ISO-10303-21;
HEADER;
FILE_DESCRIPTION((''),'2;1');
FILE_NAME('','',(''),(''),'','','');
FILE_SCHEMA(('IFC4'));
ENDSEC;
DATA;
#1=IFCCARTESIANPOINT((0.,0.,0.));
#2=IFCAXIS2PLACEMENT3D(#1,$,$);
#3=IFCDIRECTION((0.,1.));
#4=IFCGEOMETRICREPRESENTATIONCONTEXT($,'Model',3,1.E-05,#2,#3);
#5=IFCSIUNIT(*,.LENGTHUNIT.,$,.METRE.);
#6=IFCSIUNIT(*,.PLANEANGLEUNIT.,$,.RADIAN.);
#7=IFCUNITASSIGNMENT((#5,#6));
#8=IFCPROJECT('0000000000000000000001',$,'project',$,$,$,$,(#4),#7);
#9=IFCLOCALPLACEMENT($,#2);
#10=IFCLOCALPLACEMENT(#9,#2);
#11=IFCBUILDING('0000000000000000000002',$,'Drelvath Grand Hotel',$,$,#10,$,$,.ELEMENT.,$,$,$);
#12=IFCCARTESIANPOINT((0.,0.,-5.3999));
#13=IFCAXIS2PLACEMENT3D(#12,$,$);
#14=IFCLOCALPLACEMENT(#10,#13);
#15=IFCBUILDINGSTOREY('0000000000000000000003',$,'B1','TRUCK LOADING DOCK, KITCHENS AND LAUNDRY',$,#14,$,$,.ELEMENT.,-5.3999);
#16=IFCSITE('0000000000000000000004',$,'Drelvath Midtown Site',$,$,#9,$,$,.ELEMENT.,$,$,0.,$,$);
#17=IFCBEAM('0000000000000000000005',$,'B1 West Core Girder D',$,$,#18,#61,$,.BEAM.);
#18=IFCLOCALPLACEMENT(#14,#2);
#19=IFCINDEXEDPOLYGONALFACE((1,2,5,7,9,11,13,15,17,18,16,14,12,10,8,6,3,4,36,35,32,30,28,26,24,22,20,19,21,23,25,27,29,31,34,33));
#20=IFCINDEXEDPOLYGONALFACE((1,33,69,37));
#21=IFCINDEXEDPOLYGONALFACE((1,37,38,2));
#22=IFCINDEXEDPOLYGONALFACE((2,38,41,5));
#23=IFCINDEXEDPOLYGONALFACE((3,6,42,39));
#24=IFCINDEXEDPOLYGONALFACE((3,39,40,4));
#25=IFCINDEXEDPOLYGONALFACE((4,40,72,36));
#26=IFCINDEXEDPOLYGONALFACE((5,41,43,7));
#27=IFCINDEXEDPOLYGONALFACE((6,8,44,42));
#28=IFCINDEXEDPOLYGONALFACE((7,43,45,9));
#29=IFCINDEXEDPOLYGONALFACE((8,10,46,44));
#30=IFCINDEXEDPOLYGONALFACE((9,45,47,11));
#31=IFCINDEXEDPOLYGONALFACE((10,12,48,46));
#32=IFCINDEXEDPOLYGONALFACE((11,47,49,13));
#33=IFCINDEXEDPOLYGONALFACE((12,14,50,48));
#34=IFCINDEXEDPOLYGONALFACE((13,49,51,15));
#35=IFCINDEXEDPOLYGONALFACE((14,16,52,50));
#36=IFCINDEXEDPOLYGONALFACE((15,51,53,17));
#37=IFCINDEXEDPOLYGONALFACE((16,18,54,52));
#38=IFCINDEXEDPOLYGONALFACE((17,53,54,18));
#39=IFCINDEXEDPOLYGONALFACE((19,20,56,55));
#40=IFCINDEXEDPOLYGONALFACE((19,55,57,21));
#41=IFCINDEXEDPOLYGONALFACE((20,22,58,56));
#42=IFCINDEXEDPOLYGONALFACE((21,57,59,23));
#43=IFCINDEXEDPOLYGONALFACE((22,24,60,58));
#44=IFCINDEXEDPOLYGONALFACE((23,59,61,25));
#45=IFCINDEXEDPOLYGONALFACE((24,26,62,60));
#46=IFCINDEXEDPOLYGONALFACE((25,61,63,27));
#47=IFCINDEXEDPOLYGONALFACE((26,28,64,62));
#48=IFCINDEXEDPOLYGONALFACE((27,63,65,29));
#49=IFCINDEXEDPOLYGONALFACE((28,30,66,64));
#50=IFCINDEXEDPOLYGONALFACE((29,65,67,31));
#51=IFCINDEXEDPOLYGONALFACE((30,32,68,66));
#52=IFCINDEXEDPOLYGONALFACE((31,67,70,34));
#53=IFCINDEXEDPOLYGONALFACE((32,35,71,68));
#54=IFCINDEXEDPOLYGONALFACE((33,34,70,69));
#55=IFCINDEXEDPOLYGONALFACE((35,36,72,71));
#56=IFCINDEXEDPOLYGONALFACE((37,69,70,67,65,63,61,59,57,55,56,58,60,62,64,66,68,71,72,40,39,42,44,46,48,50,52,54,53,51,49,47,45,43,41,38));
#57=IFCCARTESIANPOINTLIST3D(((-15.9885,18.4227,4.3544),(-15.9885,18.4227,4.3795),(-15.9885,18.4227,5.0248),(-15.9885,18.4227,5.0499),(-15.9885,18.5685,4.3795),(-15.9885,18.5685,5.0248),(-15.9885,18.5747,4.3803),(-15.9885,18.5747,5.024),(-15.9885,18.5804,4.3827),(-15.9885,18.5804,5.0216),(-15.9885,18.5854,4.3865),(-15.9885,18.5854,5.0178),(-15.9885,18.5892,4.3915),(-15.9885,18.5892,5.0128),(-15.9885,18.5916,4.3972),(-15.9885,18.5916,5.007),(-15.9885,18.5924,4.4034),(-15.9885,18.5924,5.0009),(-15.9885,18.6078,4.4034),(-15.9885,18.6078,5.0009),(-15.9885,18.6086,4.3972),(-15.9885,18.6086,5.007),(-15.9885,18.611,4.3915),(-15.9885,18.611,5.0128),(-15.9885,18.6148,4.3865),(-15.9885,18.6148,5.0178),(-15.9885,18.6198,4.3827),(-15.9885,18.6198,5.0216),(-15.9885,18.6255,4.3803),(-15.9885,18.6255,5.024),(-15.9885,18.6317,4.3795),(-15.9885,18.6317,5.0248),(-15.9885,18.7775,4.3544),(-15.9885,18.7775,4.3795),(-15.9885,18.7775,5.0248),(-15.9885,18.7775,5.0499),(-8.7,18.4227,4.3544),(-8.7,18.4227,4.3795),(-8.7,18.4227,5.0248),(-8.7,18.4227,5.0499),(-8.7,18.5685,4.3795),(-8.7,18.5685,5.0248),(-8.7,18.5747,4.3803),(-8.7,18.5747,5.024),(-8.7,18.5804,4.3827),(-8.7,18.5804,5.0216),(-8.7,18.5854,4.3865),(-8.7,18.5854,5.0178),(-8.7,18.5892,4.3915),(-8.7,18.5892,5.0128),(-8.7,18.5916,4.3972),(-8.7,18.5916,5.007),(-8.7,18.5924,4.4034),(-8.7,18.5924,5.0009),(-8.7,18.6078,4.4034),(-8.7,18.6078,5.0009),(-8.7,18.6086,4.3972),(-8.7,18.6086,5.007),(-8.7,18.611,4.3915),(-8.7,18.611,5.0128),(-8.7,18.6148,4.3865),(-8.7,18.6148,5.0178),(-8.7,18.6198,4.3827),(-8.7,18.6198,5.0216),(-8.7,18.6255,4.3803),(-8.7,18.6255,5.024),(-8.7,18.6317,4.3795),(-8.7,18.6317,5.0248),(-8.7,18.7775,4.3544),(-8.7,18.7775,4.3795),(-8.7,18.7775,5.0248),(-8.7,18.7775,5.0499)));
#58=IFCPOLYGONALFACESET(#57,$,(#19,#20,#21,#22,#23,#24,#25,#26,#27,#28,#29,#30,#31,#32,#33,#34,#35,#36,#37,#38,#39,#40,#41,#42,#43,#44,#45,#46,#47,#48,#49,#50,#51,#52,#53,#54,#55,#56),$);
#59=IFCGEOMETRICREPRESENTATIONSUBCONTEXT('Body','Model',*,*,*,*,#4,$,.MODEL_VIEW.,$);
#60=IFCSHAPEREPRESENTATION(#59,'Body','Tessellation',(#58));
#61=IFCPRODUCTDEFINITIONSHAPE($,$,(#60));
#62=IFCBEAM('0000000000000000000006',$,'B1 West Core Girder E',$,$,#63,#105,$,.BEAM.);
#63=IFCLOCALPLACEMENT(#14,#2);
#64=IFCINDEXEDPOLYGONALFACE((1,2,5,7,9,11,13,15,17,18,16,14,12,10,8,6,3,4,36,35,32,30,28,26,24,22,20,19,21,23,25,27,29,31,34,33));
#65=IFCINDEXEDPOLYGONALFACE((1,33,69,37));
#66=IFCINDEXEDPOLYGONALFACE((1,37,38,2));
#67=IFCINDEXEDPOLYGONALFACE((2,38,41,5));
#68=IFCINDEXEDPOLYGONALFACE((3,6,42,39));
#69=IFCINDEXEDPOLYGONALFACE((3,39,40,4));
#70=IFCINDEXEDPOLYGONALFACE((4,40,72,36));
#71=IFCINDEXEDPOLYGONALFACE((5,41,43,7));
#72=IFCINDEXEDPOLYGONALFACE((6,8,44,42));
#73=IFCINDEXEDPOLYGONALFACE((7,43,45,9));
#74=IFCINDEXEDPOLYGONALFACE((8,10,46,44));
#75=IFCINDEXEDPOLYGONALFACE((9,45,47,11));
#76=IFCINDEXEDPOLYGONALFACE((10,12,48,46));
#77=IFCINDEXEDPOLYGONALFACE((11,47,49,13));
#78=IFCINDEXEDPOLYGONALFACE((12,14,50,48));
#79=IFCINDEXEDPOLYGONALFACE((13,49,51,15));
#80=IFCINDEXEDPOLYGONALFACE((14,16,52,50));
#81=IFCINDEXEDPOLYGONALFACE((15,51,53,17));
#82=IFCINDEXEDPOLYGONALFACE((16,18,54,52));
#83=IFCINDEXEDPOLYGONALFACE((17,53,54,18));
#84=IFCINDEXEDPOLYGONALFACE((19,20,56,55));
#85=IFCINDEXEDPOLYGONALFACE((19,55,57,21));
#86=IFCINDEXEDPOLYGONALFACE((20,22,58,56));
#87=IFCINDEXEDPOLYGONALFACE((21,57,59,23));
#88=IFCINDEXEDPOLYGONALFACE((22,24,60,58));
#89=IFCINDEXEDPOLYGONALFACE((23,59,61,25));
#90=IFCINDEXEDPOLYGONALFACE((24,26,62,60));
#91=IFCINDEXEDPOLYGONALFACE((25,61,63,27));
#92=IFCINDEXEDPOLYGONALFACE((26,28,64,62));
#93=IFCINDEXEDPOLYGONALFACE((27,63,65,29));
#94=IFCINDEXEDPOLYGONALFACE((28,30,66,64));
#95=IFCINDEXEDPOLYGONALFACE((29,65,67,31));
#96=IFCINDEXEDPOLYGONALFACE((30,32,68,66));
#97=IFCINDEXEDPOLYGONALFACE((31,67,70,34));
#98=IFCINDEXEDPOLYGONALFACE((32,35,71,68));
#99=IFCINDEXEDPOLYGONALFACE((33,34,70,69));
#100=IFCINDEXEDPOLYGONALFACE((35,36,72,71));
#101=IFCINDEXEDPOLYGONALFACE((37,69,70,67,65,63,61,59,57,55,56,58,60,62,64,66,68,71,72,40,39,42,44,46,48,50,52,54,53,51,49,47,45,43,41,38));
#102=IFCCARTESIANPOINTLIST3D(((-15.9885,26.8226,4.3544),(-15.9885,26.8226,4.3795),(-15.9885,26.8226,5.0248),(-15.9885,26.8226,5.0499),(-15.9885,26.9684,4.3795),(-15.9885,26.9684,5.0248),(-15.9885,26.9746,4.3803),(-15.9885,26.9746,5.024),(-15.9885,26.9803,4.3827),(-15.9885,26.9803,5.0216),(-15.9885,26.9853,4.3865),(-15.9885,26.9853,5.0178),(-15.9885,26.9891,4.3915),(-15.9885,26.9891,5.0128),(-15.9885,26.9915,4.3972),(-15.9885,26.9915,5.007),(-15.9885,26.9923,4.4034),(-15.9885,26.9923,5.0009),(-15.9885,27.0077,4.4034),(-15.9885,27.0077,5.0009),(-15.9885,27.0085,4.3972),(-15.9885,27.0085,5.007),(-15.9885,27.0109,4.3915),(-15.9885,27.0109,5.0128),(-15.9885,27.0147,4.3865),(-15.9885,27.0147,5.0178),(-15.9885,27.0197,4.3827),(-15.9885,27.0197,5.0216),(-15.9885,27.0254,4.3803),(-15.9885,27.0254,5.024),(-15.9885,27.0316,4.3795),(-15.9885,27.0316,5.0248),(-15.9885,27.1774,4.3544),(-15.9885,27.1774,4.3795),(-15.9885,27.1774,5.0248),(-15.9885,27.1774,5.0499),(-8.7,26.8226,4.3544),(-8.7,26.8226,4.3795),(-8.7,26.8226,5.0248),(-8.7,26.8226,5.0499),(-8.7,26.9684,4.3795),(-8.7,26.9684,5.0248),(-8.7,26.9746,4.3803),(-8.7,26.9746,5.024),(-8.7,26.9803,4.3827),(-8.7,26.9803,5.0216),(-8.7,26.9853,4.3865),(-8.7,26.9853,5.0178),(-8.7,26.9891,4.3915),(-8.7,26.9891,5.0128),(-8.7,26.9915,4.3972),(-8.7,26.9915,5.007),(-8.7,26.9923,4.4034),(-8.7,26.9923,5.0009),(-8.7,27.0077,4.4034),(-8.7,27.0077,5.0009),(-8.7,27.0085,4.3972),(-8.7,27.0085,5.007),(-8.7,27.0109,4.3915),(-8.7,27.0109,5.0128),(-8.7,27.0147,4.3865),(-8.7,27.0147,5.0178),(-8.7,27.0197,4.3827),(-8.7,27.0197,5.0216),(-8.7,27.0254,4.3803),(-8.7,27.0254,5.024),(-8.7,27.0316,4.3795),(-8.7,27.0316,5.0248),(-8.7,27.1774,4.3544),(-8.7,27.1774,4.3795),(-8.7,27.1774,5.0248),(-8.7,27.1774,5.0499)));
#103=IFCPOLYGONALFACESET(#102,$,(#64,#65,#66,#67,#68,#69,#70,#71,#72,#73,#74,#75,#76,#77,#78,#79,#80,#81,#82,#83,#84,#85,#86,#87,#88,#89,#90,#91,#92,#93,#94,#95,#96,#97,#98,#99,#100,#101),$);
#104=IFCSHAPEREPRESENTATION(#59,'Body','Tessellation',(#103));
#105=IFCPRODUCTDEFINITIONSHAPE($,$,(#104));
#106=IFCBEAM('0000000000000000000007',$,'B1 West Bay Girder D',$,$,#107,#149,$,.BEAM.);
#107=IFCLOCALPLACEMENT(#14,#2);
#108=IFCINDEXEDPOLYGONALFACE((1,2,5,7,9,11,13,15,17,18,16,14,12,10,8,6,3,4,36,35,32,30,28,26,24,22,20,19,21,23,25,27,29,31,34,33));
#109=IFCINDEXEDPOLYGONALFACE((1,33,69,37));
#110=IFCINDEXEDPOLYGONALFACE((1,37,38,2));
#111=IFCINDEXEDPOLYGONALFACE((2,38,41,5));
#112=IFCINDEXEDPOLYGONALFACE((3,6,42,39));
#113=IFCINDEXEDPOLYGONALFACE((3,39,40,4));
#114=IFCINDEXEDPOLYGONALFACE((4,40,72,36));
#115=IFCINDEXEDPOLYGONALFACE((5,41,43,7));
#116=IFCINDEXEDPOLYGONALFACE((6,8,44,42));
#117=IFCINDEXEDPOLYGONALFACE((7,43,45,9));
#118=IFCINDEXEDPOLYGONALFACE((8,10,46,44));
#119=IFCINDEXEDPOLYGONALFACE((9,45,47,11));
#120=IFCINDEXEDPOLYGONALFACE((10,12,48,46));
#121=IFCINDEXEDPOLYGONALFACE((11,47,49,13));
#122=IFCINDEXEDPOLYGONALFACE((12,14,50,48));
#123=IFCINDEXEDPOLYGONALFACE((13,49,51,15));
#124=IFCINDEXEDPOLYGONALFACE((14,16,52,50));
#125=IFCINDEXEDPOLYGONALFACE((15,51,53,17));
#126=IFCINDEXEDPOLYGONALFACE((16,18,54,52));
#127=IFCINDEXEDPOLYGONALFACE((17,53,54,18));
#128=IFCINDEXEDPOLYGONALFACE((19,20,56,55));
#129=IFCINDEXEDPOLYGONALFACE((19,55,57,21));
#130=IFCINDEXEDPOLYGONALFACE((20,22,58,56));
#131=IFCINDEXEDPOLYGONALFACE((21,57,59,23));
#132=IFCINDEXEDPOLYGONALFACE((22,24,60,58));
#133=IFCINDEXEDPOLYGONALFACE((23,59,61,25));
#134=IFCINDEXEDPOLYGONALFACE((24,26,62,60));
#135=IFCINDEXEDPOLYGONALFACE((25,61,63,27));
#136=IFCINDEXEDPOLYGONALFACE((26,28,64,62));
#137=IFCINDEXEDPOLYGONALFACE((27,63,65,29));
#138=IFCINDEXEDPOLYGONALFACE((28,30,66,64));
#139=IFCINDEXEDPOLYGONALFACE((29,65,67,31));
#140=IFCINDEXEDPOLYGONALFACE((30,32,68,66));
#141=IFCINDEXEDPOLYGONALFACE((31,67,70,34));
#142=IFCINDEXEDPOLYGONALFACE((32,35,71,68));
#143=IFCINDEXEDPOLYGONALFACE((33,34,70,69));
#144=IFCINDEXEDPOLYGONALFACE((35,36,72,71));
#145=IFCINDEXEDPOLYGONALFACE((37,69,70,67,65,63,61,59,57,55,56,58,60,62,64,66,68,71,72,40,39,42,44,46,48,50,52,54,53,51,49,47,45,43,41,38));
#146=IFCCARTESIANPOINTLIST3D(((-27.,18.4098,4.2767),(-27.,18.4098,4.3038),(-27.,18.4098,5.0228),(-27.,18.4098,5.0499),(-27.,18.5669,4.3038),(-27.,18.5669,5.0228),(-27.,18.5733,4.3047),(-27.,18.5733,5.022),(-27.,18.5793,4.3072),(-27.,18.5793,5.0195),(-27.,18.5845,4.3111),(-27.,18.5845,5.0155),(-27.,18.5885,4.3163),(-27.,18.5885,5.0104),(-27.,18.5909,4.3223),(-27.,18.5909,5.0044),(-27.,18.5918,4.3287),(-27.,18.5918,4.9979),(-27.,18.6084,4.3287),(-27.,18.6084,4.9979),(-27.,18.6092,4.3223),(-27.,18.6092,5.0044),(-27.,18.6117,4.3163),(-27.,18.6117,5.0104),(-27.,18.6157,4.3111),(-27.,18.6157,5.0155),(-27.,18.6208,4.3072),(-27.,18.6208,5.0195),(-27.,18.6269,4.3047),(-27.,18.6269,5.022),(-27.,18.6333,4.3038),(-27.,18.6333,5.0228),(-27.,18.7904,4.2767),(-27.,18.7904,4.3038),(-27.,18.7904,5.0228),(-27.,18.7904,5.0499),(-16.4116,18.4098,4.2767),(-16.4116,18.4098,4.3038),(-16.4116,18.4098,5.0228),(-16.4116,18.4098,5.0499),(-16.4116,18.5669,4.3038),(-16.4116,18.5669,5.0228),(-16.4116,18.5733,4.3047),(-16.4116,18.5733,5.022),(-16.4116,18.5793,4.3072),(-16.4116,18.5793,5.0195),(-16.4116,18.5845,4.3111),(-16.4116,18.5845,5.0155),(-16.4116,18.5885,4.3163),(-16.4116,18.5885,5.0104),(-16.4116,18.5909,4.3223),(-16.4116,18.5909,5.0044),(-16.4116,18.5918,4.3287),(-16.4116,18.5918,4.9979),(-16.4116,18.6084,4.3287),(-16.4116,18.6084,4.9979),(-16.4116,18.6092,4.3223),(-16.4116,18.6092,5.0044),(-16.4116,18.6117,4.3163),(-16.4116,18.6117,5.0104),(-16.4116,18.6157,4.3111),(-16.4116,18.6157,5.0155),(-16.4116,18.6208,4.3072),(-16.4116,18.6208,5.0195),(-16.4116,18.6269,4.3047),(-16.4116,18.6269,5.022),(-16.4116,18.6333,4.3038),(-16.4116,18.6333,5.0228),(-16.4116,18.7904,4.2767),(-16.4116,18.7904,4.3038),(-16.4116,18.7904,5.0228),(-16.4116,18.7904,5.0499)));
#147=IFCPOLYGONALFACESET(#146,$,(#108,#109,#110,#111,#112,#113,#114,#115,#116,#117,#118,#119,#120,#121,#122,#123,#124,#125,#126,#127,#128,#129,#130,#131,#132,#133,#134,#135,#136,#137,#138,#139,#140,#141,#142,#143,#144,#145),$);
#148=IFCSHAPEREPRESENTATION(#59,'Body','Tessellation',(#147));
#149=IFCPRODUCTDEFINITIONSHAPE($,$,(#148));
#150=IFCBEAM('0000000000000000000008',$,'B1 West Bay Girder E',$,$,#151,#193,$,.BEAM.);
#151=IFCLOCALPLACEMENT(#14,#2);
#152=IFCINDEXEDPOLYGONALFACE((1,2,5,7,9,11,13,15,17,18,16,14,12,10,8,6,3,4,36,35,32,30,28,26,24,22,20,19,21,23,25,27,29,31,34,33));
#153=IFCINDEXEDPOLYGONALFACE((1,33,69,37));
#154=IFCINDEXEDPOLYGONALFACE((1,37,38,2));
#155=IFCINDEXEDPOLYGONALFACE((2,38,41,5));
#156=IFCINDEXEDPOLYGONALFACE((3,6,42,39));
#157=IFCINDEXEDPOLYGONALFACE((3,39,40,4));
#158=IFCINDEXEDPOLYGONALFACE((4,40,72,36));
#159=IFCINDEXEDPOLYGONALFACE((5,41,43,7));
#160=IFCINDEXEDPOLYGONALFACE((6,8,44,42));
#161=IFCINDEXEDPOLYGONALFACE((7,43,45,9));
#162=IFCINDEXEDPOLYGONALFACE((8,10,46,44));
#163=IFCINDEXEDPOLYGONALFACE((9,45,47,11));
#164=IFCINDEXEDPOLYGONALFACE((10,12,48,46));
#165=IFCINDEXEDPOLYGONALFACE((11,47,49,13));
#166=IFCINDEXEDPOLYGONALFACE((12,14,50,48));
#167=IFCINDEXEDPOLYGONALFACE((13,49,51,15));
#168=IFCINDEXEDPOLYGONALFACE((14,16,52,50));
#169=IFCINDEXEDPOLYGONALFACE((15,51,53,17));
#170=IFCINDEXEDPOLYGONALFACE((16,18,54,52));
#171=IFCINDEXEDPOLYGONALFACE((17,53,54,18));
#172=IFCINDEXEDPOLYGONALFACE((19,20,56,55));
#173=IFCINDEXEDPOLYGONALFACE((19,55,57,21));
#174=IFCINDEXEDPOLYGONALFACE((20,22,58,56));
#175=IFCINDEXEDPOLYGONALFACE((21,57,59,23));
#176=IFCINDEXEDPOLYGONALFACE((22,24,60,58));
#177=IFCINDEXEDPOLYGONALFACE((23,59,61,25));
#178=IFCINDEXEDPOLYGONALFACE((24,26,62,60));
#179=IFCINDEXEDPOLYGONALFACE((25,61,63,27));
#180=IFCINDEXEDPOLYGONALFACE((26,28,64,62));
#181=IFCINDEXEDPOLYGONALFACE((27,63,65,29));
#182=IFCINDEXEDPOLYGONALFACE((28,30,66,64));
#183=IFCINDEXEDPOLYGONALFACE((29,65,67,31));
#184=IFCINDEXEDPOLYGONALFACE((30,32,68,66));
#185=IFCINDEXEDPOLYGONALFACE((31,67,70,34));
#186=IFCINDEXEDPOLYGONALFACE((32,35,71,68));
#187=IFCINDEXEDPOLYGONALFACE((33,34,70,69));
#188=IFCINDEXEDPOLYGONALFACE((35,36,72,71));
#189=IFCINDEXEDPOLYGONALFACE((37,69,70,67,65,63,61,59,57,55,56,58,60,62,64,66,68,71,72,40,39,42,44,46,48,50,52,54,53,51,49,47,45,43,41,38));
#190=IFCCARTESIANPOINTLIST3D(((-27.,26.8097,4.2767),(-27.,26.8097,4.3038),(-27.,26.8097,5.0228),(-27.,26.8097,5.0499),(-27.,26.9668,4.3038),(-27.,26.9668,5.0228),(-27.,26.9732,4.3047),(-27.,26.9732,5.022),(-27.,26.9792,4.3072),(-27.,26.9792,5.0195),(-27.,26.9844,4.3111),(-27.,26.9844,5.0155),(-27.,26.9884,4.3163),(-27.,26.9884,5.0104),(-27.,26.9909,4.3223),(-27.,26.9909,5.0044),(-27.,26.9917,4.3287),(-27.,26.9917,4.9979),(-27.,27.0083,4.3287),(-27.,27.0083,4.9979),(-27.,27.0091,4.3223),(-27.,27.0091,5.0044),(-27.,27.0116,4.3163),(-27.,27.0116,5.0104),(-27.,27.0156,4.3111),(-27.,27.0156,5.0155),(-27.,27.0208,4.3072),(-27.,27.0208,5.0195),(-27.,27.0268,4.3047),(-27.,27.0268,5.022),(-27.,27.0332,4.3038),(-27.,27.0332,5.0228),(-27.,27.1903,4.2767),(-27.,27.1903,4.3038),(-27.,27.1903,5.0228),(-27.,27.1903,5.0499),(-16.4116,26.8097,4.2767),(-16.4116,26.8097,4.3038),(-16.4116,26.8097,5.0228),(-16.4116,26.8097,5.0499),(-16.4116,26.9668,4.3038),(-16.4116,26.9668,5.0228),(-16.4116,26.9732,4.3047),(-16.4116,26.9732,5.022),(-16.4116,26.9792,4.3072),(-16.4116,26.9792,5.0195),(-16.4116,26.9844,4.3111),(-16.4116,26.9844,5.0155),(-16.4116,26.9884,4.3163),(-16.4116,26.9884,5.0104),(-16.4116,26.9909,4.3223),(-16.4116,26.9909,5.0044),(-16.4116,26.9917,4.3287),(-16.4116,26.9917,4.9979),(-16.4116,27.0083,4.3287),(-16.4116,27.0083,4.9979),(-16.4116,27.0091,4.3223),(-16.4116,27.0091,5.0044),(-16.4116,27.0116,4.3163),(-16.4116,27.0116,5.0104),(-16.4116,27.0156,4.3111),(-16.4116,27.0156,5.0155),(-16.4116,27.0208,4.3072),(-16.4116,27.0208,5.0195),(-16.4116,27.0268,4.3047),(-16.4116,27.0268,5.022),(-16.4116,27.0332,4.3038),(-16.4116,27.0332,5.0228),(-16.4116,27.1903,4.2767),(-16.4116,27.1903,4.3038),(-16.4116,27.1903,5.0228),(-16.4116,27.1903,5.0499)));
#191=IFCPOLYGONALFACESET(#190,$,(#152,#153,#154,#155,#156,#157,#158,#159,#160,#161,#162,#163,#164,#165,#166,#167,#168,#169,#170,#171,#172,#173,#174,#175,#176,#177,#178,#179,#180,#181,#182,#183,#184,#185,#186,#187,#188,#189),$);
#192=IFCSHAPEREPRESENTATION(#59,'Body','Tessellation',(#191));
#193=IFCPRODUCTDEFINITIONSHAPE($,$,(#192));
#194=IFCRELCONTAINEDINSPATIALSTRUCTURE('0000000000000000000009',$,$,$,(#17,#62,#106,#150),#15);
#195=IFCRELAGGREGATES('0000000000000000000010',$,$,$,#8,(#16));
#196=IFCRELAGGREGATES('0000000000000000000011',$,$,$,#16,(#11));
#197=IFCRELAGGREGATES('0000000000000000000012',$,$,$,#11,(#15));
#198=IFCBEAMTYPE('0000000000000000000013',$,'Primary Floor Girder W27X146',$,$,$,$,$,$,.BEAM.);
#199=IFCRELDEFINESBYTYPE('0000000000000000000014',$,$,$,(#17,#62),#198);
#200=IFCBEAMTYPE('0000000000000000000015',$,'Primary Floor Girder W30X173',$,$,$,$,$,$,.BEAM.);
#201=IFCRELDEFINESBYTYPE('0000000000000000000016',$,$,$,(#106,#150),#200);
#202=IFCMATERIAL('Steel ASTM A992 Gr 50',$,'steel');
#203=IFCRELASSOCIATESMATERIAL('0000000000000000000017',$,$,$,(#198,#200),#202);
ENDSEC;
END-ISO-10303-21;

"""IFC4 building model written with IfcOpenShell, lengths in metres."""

from ifc_helpers import new_model, si_unit, direction, frame, origin, origin_2d, place, context, subcontext, project, spatial, i_section, extrude, material, material_profile, profile_set, type_object, element, save


model = new_model("IFC4")

# Units and contexts
model_context = context("Model", 3, precision=1e-05, world=origin(), true_north=direction((0.0, 1.0)))
body_context = subcontext(model_context, "Body", "Model", "MODEL_VIEW")
ifc_project = project(units=[si_unit("LENGTHUNIT", "METRE"), si_unit("PLANEANGLEUNIT", "RADIAN")], contexts=[model_context])

# Site, building, storey
site_placement = place(None, origin())
site = spatial("IfcSite", under=ifc_project, at=site_placement, Name="Drelvath Midtown Site", CompositionType="ELEMENT", RefElevation=0.0)
building_placement = place(site_placement, origin())
building = spatial("IfcBuilding", under=site, at=building_placement, Name="Drelvath Grand Hotel", CompositionType="ELEMENT")
storey_placement = place(building_placement, frame((0.0, 0.0, -5.3999)))
storey = spatial("IfcBuildingStorey", under=building, at=storey_placement, Name="B1", Description="TRUCK LOADING DOCK, KITCHENS AND LAUNDRY", CompositionType="ELEMENT", Elevation=-5.3999)

# Beams
ifc_material_1 = material(Name="Steel ASTM A992 Gr 50", Category="steel")
ifc_material_profile_1 = material_profile(ifc_material_1, i_section(OverallWidth=0.3547, OverallDepth=0.6956, WebThickness=0.0154, FlangeThickness=0.0251, FilletRadius=0.0239, at=origin_2d()), Name="W27X146")
ifc_profile_set_1 = profile_set([ifc_material_profile_1], Name="Steel ASTM A992 Gr 50")
beam_type_1 = type_object("IfcBeamType", Name="Primary Floor Girder W27X146", PredefinedType="BEAM", material=ifc_profile_set_1)
for number, where, z_axis, x_axis, name in (
    (1, (-15.9885, 18.6001, 4.7021), (1.0, 0.0, 0.0), (0.0, 1.0, 0.0), "B1 West Core Girder D"),
    (2, (-15.9885, 27.0, 4.7021), (1.0, 0.0, 0.0), (0.0, 1.0, 0.0), "B1 West Core Girder E"),
):
    element("IfcBeam", number, at=place(storey_placement, frame(where, z_axis=z_axis, x_axis=x_axis)), inside=storey, type_object=beam_type_1, Name=name, PredefinedType="BEAM", context=body_context, shape_type="SweptSolid", body=[
        extrude(i_section(OverallWidth=0.3547, OverallDepth=0.6956, WebThickness=0.0154, FlangeThickness=0.0251, FilletRadius=0.0239, at=origin_2d()), origin(), (0.0, 0.0, 1.0), 7.2886),
    ])
ifc_material_profile_2 = material_profile(ifc_material_1, i_section(OverallWidth=0.3806, OverallDepth=0.7732, WebThickness=0.0166, FlangeThickness=0.0271, FilletRadius=0.0249, at=origin_2d()), Name="W30X173")
ifc_profile_set_2 = profile_set([ifc_material_profile_2], Name="Steel ASTM A992 Gr 50")
beam_type_2 = type_object("IfcBeamType", Name="Primary Floor Girder W30X173", PredefinedType="BEAM", material=ifc_profile_set_2)
for number, where, z_axis, x_axis, name in (
    (3, (-27.0, 18.6001, 4.6633), (1.0, 0.0, 0.0), (0.0, 1.0, 0.0), "B1 West Bay Girder D"),
    (4, (-27.0, 27.0, 4.6633), (1.0, 0.0, 0.0), (0.0, 1.0, 0.0), "B1 West Bay Girder E"),
):
    element("IfcBeam", number, at=place(storey_placement, frame(where, z_axis=z_axis, x_axis=x_axis)), inside=storey, type_object=beam_type_2, Name=name, PredefinedType="BEAM", context=body_context, shape_type="SweptSolid", body=[
        extrude(i_section(OverallWidth=0.3806, OverallDepth=0.7732, WebThickness=0.0166, FlangeThickness=0.0271, FilletRadius=0.0249, at=origin_2d()), origin(), (0.0, 0.0, 1.0), 10.5884),
    ])

save(model, "model.ifc")
